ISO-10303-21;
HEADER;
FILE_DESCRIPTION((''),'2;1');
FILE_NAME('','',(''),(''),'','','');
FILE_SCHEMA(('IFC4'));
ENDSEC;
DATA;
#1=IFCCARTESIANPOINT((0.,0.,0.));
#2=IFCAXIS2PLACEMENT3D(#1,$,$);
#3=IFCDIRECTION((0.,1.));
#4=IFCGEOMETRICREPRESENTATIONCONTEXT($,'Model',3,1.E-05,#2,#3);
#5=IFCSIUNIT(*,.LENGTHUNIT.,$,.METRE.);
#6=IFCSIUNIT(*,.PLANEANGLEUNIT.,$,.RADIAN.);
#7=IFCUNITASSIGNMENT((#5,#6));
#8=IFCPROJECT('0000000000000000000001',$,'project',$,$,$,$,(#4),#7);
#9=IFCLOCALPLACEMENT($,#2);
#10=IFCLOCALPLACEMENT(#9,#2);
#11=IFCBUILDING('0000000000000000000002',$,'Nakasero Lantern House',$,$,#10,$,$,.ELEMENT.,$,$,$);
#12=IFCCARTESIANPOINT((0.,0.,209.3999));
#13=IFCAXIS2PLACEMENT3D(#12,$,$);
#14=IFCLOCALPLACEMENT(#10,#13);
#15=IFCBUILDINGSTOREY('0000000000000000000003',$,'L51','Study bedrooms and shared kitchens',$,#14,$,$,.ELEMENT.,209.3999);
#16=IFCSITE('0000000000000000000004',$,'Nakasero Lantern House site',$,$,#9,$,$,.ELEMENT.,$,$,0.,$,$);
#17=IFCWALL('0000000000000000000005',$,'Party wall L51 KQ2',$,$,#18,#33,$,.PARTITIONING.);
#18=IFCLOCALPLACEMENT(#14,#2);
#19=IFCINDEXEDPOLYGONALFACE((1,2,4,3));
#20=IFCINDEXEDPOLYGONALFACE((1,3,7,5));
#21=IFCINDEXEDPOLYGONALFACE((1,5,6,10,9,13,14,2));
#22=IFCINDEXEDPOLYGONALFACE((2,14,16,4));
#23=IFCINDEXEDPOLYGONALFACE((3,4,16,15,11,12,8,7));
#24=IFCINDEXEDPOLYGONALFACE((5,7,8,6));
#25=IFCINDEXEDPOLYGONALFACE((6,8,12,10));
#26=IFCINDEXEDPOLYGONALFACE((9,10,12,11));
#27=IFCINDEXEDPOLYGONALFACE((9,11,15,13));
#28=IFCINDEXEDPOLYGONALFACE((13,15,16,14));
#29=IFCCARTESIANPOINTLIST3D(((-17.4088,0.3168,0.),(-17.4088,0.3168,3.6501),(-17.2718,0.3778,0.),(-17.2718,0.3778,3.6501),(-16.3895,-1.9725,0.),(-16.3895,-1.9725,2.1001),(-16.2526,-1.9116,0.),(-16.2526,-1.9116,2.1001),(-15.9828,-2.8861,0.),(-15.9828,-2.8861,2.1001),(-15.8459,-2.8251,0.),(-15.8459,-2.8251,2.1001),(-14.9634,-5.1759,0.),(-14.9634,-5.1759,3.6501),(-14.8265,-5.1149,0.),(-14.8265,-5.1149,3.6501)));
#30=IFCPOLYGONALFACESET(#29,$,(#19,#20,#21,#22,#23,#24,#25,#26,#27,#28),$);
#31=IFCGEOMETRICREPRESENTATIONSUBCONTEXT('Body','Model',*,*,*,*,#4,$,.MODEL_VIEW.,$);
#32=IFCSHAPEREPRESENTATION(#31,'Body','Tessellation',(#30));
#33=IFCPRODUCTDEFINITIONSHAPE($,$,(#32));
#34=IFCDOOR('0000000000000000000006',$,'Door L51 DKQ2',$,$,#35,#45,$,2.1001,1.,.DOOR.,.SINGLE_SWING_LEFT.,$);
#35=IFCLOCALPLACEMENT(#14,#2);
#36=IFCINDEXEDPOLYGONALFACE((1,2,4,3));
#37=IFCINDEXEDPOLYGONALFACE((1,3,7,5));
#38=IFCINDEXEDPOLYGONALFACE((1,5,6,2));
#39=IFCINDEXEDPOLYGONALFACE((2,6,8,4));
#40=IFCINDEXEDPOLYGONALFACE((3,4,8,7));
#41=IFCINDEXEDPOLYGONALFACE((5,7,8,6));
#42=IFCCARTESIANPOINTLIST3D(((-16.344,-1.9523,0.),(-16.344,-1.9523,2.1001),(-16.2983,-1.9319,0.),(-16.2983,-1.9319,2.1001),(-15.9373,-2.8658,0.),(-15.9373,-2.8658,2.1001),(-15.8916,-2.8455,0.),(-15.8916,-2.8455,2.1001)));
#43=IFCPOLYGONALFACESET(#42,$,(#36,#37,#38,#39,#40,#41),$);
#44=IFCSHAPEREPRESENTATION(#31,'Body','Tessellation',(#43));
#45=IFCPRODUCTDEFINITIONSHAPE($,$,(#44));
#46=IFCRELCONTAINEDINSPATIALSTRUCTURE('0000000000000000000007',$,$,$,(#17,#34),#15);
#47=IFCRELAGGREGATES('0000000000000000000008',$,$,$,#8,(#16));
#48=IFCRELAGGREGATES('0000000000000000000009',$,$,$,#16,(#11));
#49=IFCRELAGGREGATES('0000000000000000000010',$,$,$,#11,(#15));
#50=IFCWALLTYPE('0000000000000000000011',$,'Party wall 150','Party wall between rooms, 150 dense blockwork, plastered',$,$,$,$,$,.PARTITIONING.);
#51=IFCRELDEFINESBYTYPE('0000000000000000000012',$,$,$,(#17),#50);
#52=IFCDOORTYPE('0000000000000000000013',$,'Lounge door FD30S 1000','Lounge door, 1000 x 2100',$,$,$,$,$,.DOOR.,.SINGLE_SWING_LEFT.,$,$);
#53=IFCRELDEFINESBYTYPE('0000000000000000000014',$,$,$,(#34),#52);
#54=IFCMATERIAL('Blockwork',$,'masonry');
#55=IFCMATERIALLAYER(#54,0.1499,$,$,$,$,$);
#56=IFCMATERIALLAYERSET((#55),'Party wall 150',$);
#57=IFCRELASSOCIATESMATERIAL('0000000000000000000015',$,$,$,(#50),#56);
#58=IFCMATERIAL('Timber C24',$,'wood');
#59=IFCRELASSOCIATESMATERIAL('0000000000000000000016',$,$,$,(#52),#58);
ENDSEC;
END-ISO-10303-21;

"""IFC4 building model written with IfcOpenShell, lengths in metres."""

from ifc_helpers import new_model, si_unit, direction, frame, frame_2d, origin, place, context, subcontext, project, spatial, rectangle, extrude, material, layer, layer_set, type_object, element, fill, save


model = new_model("IFC4")

# Units and contexts
model_context = context("Model", 3, precision=1e-05, world=origin(), true_north=direction((0.0, 1.0)))
body_context = subcontext(model_context, "Body", "Model", "MODEL_VIEW")
ifc_project = project(units=[si_unit("LENGTHUNIT", "METRE"), si_unit("PLANEANGLEUNIT", "RADIAN")], contexts=[model_context])

# Site, building, storey
site_placement = place(None, origin())
site = spatial("IfcSite", under=ifc_project, at=site_placement, Name="Nakasero Lantern House site", CompositionType="ELEMENT", RefElevation=0.0)
building_placement = place(site_placement, origin())
building = spatial("IfcBuilding", under=site, at=building_placement, Name="Nakasero Lantern House", CompositionType="ELEMENT")
storey_placement = place(building_placement, frame((0.0, 0.0, 209.3999)))
storey = spatial("IfcBuildingStorey", under=building, at=storey_placement, Name="L51", Description="Study bedrooms and shared kitchens", CompositionType="ELEMENT", Elevation=209.3999)

# Shared definitions
ifc_material_1 = material(Name="Blockwork", Category="masonry")
ifc_layer_1 = layer(ifc_material_1, 0.1499)
ifc_layer_set_1 = layer_set([ifc_layer_1], Name="Party wall 150")
wall_type_1 = type_object("IfcWallType", Name="Party wall 150", Description="Party wall between rooms, 150 dense blockwork, plastered", PredefinedType="PARTITIONING", material=ifc_layer_set_1)

# Wall, opening, door
wall_1_placement = place(storey_placement, frame((-17.3403, 0.3474, 0.0), z_axis=(0.0, 0.0, 1.0), x_axis=(0.406711, -0.913557, 0.0)))
wall_1 = element("IfcWall", 1, at=wall_1_placement, inside=storey, type_object=wall_type_1, Name="Party wall L51 KQ2", PredefinedType="PARTITIONING", context=body_context, shape_type="SweptSolid", body=[
    extrude(rectangle(XDim=6.0125, YDim=0.1499, at=frame_2d((3.0063, 0.0))), origin(), (0.0, 0.0, 1.0), 3.6501),
])
opening_1_placement = place(wall_1_placement, frame((2.5061, 0.0, 0.0)))
opening_1 = element("IfcOpeningElement", 2, at=opening_1_placement, cuts=wall_1, PredefinedType="OPENING", context=body_context, shape_type="SweptSolid", body=[
    extrude(rectangle(XDim=1.0, YDim=2.1001, at=frame_2d((0.5, 1.05))), frame((0.0, 0.095, 0.0), z_axis=(0.0, -1.0, 0.0), x_axis=(1.0, 0.0, 0.0)), (0.0, 0.0, 1.0), 0.1899),
])
ifc_material_2 = material(Name="Timber C24", Category="wood")
door_type_1 = type_object("IfcDoorType", Name="Lounge door FD30S 1000", Description="Lounge door, 1000 x 2100", OperationType="SINGLE_SWING_LEFT", PredefinedType="DOOR", material=ifc_material_2)
door_1_placement = place(opening_1_placement, origin())
door_1 = element("IfcDoor", 3, at=door_1_placement, inside=storey, type_object=door_type_1, Name="Door L51 DKQ2", OperationType="SINGLE_SWING_LEFT", OverallHeight=2.1001, OverallWidth=1.0, PredefinedType="DOOR", context=body_context, shape_type="SweptSolid", body=[
    extrude(rectangle(XDim=1.0, YDim=2.1001, at=frame_2d((0.5, 1.05))), frame((0.0, 0.0249, 0.0), z_axis=(0.0, -1.0, 0.0), x_axis=(1.0, 0.0, 0.0)), (0.0, 0.0, 1.0), 0.05),
])
fill(opening_1, door_1)

save(model, "model.ifc")
